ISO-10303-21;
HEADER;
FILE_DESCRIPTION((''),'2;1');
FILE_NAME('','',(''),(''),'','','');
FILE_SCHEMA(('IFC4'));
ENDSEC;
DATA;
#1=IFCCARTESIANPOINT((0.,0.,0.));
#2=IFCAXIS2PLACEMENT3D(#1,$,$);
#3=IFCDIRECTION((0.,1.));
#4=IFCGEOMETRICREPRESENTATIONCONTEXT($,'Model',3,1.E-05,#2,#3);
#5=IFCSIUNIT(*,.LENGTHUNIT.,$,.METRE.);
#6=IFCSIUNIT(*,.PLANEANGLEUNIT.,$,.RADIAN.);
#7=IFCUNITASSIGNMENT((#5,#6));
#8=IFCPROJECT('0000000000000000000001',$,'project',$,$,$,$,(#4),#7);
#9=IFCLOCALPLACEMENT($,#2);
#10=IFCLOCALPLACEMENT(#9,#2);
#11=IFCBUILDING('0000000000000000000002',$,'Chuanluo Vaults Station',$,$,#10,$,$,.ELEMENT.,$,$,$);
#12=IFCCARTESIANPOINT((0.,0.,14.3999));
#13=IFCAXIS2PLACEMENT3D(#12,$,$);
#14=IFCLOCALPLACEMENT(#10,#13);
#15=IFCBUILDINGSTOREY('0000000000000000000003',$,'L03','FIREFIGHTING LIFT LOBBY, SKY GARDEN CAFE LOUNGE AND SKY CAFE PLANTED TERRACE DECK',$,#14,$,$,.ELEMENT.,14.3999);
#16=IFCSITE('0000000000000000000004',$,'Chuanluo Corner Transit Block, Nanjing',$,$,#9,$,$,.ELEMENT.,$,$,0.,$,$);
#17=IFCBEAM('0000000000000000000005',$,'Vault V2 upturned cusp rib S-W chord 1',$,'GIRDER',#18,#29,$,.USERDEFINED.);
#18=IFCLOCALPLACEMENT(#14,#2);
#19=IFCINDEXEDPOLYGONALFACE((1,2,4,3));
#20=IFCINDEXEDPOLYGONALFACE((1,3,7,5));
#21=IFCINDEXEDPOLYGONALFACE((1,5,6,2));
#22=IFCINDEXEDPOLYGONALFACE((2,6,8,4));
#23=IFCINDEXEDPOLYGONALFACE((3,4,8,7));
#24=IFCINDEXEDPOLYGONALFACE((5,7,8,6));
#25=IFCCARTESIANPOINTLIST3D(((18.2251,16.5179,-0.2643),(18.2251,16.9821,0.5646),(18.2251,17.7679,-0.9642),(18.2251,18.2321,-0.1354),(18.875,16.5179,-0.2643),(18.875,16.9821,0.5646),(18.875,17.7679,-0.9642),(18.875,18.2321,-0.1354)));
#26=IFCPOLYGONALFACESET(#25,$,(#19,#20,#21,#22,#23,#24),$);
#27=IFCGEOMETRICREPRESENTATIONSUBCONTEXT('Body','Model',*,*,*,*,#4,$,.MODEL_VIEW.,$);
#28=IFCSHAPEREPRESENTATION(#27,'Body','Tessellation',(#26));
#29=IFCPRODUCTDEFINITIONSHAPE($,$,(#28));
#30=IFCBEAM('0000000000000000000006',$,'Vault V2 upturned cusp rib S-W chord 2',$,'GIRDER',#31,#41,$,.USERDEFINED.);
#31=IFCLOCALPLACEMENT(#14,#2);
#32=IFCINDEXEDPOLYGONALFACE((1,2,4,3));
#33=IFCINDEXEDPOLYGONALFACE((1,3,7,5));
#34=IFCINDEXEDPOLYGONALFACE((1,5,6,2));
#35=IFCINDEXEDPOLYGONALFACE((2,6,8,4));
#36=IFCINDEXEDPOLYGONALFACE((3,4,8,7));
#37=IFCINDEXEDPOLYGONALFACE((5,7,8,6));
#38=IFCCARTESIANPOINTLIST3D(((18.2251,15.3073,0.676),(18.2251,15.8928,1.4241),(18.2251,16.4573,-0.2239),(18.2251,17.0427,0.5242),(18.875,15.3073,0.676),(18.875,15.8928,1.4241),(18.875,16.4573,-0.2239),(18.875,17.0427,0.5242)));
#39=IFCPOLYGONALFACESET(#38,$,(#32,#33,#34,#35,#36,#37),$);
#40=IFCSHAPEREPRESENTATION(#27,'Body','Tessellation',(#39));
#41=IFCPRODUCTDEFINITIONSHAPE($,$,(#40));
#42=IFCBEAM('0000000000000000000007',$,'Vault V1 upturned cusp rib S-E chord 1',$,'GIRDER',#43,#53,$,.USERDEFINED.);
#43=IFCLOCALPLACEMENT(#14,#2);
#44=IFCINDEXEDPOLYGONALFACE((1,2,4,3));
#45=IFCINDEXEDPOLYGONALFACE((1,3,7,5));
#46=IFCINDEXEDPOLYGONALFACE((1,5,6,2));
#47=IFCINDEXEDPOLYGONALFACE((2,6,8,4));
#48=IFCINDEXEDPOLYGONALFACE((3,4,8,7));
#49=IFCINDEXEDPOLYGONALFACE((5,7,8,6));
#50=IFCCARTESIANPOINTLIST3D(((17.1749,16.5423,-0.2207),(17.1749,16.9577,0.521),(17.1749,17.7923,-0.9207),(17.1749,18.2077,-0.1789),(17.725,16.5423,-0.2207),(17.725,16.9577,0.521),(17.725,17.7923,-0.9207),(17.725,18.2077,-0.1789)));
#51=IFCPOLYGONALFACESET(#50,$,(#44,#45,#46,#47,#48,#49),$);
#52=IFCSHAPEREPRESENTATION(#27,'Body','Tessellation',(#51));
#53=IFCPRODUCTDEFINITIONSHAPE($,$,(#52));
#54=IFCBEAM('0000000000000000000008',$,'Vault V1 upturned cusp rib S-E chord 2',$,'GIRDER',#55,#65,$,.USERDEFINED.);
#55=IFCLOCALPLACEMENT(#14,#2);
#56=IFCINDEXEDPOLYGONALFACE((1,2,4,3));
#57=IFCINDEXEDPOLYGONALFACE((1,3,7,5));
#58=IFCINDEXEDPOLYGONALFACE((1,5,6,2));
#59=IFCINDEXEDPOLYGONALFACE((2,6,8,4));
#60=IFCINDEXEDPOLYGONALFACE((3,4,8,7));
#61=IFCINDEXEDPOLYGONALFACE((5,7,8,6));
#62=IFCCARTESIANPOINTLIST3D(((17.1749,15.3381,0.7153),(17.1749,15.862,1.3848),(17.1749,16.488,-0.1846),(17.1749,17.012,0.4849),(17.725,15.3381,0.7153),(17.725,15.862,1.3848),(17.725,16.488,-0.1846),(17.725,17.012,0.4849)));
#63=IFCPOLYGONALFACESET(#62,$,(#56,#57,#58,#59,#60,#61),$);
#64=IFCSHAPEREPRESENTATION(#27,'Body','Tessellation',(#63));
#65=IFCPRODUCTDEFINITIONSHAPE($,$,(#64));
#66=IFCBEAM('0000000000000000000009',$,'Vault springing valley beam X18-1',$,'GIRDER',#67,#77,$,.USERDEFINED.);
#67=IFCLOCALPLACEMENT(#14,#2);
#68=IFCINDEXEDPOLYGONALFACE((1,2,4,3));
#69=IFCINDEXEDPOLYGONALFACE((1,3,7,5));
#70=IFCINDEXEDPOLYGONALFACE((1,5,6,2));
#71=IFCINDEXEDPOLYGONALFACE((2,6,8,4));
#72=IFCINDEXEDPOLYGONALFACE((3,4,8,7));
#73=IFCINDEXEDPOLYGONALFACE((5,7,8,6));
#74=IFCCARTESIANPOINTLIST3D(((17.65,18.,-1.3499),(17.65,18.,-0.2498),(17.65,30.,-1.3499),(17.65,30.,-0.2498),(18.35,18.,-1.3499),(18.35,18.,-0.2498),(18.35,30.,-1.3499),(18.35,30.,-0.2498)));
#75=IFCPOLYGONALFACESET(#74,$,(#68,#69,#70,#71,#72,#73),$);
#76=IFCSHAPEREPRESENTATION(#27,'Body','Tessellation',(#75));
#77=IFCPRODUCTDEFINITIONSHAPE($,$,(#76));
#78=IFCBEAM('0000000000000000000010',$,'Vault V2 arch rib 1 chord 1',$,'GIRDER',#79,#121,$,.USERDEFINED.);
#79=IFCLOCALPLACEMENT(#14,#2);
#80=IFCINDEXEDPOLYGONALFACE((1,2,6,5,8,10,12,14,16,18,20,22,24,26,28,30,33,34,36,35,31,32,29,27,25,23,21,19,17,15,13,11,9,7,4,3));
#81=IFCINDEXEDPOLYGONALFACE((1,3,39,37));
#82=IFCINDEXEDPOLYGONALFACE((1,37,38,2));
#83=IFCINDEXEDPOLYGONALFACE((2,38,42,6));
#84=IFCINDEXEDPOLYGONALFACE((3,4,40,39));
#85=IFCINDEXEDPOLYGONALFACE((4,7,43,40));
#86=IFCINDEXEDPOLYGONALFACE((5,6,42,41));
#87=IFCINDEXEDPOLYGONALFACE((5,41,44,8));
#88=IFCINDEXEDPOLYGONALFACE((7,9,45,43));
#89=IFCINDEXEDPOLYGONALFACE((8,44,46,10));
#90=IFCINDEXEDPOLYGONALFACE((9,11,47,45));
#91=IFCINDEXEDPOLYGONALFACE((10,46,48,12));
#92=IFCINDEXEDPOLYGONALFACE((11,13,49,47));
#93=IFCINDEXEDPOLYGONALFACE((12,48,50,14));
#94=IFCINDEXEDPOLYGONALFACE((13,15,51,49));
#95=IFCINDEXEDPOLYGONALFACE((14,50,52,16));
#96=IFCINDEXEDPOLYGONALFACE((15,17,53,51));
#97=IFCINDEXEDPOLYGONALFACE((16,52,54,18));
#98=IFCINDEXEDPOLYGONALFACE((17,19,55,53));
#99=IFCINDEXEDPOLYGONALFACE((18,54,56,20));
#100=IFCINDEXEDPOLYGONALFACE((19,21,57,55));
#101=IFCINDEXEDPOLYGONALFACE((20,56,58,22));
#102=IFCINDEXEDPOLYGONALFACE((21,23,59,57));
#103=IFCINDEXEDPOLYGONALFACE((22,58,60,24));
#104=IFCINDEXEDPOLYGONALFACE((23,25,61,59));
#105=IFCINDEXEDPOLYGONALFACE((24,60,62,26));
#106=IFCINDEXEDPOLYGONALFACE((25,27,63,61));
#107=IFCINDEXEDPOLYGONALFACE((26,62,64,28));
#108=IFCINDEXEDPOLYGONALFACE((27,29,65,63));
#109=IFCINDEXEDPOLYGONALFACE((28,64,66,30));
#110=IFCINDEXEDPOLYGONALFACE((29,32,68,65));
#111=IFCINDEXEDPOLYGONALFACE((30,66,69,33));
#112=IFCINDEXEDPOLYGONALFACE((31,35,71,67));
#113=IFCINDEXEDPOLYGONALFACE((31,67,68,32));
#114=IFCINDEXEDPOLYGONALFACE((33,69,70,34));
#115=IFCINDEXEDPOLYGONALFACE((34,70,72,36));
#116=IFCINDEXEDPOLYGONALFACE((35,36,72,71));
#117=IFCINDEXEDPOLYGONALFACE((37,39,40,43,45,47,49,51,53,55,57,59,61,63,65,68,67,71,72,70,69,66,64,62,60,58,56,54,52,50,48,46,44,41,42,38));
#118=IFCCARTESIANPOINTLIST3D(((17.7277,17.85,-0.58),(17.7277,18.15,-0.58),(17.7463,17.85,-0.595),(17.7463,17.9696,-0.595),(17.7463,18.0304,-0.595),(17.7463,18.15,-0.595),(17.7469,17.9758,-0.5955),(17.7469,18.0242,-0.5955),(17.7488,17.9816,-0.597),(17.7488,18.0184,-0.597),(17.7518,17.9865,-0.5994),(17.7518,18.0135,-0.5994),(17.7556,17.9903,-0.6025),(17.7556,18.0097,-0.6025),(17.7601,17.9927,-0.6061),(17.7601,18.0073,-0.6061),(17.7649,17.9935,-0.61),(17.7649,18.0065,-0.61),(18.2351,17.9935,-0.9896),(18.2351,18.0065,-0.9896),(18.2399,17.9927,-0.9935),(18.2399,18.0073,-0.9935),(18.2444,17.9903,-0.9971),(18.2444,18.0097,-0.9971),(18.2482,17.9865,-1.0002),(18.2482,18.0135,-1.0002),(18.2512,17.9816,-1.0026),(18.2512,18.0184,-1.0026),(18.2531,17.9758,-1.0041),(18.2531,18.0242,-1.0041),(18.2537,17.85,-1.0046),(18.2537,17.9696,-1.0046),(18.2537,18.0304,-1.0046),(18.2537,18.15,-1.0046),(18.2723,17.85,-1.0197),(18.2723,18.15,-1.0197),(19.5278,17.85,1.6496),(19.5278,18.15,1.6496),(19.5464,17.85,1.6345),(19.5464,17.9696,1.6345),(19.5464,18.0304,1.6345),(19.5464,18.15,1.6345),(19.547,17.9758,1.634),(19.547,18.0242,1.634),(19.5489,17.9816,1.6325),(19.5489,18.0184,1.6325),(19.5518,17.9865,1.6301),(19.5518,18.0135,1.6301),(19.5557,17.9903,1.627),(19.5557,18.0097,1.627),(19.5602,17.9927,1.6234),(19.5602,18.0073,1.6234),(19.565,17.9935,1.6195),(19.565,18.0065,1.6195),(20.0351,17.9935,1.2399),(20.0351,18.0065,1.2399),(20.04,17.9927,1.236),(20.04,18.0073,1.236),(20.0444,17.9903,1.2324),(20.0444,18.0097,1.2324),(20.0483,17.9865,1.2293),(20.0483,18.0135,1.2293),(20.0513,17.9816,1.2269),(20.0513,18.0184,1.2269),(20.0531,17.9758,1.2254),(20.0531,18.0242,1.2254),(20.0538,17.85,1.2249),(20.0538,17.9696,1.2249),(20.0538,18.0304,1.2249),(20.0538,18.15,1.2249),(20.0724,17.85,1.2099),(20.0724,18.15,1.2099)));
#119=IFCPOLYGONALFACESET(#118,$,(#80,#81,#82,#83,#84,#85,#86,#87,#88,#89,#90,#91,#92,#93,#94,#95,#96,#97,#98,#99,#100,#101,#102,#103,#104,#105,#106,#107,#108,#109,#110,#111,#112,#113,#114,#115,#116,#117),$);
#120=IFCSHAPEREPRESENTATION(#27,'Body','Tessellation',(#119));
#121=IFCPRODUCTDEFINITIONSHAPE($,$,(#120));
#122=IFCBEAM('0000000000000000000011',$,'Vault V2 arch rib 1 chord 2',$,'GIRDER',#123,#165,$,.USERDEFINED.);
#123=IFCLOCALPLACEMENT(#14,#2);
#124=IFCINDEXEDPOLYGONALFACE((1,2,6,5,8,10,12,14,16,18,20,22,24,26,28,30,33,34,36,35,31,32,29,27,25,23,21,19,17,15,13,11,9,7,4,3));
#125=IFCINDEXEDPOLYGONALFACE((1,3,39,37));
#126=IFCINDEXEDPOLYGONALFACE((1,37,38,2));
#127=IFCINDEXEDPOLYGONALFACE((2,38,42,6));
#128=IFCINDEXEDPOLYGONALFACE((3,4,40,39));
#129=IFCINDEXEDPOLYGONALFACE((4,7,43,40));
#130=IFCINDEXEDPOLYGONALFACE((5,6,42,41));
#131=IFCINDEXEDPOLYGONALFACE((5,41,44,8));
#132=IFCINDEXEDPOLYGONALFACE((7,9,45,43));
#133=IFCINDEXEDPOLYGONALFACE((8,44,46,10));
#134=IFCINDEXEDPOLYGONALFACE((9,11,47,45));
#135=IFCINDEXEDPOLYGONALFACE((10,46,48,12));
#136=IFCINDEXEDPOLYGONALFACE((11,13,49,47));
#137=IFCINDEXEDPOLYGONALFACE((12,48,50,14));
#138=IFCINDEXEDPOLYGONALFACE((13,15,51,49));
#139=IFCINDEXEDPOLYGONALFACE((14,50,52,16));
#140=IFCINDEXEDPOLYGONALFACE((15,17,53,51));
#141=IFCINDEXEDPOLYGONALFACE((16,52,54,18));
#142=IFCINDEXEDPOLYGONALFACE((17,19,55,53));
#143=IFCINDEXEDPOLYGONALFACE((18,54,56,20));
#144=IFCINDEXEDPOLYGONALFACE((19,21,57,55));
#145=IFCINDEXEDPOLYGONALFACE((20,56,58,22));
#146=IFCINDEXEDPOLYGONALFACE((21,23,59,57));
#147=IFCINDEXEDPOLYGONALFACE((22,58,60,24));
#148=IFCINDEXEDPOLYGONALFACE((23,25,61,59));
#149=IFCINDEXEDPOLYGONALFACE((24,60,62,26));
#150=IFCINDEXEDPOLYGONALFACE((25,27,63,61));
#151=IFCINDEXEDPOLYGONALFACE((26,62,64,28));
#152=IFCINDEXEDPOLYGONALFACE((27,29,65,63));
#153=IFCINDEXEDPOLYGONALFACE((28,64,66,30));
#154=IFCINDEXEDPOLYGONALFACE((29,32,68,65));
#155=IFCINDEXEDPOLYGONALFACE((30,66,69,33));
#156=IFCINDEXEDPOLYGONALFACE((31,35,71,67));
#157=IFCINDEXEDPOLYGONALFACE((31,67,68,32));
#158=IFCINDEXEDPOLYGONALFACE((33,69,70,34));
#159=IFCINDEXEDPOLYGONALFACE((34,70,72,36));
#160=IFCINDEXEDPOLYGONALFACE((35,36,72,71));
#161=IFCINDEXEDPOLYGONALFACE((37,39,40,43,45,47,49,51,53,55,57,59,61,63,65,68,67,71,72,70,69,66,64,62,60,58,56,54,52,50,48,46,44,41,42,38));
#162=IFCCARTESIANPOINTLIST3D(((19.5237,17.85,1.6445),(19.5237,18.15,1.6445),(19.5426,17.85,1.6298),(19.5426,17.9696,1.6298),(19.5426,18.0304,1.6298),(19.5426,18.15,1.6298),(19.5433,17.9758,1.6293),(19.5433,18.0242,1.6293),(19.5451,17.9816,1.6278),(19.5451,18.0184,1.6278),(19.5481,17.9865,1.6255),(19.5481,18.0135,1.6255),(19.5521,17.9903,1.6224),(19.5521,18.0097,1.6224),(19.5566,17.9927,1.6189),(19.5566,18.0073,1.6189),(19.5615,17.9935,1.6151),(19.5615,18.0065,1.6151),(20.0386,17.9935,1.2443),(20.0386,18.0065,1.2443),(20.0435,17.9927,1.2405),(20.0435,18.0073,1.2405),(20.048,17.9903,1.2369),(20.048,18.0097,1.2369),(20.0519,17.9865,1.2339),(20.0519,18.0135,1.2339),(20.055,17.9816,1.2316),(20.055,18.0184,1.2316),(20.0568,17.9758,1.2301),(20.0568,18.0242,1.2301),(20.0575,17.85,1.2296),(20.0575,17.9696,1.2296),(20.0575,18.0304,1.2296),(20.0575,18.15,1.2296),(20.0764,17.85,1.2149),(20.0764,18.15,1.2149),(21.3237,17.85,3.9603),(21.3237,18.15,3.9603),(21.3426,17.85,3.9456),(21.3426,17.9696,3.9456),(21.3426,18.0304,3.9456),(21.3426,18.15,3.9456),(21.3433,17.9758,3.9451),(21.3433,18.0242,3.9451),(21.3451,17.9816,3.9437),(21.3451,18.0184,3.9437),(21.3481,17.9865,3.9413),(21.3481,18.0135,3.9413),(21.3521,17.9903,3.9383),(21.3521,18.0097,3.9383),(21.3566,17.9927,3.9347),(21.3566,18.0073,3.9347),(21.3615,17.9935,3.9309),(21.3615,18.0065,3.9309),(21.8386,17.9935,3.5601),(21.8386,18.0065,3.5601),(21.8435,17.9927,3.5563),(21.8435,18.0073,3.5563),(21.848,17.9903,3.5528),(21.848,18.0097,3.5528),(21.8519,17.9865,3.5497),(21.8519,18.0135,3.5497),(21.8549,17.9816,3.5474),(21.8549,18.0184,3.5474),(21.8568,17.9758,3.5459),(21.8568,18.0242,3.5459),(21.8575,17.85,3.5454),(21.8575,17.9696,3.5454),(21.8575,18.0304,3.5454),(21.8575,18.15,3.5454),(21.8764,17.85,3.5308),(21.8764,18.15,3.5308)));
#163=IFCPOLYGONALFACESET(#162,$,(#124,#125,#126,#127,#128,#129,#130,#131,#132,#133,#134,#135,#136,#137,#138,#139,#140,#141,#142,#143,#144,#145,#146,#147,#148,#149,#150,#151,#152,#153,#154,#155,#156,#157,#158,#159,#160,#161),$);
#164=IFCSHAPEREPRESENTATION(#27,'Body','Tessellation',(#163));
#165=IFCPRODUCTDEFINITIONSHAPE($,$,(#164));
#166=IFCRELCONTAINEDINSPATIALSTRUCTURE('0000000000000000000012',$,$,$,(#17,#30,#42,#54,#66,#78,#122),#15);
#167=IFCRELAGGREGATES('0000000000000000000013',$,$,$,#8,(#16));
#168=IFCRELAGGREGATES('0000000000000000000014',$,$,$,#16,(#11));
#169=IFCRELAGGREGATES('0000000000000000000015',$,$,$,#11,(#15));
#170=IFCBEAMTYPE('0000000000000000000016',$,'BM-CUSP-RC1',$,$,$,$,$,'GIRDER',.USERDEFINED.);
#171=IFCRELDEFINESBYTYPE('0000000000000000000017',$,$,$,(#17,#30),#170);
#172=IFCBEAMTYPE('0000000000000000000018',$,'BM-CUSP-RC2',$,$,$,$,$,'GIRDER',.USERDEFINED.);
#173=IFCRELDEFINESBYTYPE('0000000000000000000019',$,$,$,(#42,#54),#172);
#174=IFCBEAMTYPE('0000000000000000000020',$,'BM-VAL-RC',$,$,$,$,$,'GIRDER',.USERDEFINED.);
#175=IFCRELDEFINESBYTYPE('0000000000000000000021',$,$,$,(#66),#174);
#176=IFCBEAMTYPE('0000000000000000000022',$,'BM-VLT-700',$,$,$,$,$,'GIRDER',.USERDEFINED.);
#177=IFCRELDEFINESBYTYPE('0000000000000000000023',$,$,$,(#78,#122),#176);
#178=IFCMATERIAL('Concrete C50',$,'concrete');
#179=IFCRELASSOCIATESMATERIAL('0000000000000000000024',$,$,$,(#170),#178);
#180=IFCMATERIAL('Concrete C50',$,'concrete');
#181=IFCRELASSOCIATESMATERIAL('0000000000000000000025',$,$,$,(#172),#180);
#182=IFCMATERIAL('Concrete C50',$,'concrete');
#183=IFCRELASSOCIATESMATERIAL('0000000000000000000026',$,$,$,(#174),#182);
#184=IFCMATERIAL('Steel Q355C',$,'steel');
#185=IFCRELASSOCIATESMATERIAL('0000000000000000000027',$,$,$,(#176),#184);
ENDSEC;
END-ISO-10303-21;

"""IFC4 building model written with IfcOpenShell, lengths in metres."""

from ifc_helpers import new_model, si_unit, direction, frame, origin, origin_2d, place, context, subcontext, project, spatial, rectangle, i_section, extrude, material, material_profile, profile_set, type_object, element, save


model = new_model("IFC4")

# Units and contexts
model_context = context("Model", 3, precision=1e-05, world=origin(), true_north=direction((0.0, 1.0)))
body_context = subcontext(model_context, "Body", "Model", "MODEL_VIEW")
ifc_project = project(units=[si_unit("LENGTHUNIT", "METRE"), si_unit("PLANEANGLEUNIT", "RADIAN")], contexts=[model_context])

# Site, building, storey
site_placement = place(None, origin())
site = spatial("IfcSite", under=ifc_project, at=site_placement, Name="Chuanluo Corner Transit Block, Nanjing", CompositionType="ELEMENT", RefElevation=0.0)
building_placement = place(site_placement, origin())
building = spatial("IfcBuilding", under=site, at=building_placement, Name="Chuanluo Vaults Station", CompositionType="ELEMENT")
storey_placement = place(building_placement, frame((0.0, 0.0, 14.3999)))
storey = spatial("IfcBuildingStorey", under=building, at=storey_placement, Name="L03", Description="FIREFIGHTING LIFT LOBBY, SKY GARDEN CAFE LOUNGE AND SKY CAFE PLANTED TERRACE DECK", CompositionType="ELEMENT", Elevation=14.3999)

# Beams
ifc_material_1 = material(Name="Concrete C50", Category="concrete")
ifc_material_profile_1 = material_profile(ifc_material_1, rectangle(XDim=0.6499, YDim=0.95, at=origin_2d()))
ifc_profile_set_1 = profile_set([ifc_material_profile_1], Name="Concrete C50")
beam_type_1 = type_object("IfcBeamType", Name="BM-CUSP-RC1", ElementType="GIRDER", PredefinedType="USERDEFINED", material=ifc_profile_set_1)
beam_1_placement = place(storey_placement, frame((18.55, 18.0, -0.5498), z_axis=(0.0, -0.872521, 0.488577), x_axis=(1.0, 0.0, 0.0)))
element("IfcBeam", 1, at=beam_1_placement, inside=storey, type_object=beam_type_1, Name="Vault V2 upturned cusp rib S-W chord 1", ObjectType="GIRDER", PredefinedType="USERDEFINED", context=body_context, shape_type="SweptSolid", body=[
    extrude(rectangle(XDim=0.6499, YDim=0.95, at=origin_2d()), origin(), (0.0, 0.0, 1.0), 1.4326),
])
beam_2_placement = place(storey_placement, frame((18.55, 16.75, 0.1501), z_axis=(0.0, -0.787512, 0.616299), x_axis=(1.0, 0.0, 0.0)))
element("IfcBeam", 2, at=beam_2_placement, inside=storey, type_object=beam_type_1, Name="Vault V2 upturned cusp rib S-W chord 2", ObjectType="GIRDER", PredefinedType="USERDEFINED", context=body_context, shape_type="SweptSolid", body=[
    extrude(rectangle(XDim=0.6499, YDim=0.95, at=origin_2d()), origin(), (0.0, 0.0, 1.0), 1.4602),
])
ifc_material_2 = material(Name="Concrete C50", Category="concrete")
ifc_material_profile_2 = material_profile(ifc_material_2, rectangle(XDim=0.55, YDim=0.8501, at=origin_2d()))
ifc_profile_set_2 = profile_set([ifc_material_profile_2], Name="Concrete C50")
beam_type_2 = type_object("IfcBeamType", Name="BM-CUSP-RC2", ElementType="GIRDER", PredefinedType="USERDEFINED", material=ifc_profile_set_2)
beam_3_placement = place(storey_placement, frame((17.45, 18.0, -0.5498), z_axis=(0.0, -0.872521, 0.488577), x_axis=(1.0, 0.0, 0.0)))
element("IfcBeam", 3, at=beam_3_placement, inside=storey, type_object=beam_type_2, Name="Vault V1 upturned cusp rib S-E chord 1", ObjectType="GIRDER", PredefinedType="USERDEFINED", context=body_context, shape_type="SweptSolid", body=[
    extrude(rectangle(XDim=0.55, YDim=0.8501, at=origin_2d()), origin(), (0.0, 0.0, 1.0), 1.4326),
])
beam_4_placement = place(storey_placement, frame((17.45, 16.75, 0.1501), z_axis=(0.0, -0.787512, 0.616299), x_axis=(1.0, 0.0, 0.0)))
element("IfcBeam", 4, at=beam_4_placement, inside=storey, type_object=beam_type_2, Name="Vault V1 upturned cusp rib S-E chord 2", ObjectType="GIRDER", PredefinedType="USERDEFINED", context=body_context, shape_type="SweptSolid", body=[
    extrude(rectangle(XDim=0.55, YDim=0.8501, at=origin_2d()), origin(), (0.0, 0.0, 1.0), 1.4602),
])
ifc_material_3 = material(Name="Concrete C50", Category="concrete")
ifc_material_profile_3 = material_profile(ifc_material_3, rectangle(XDim=0.7, YDim=1.1001, at=origin_2d()))
ifc_profile_set_3 = profile_set([ifc_material_profile_3], Name="Concrete C50")
beam_type_3 = type_object("IfcBeamType", Name="BM-VAL-RC", ElementType="GIRDER", PredefinedType="USERDEFINED", material=ifc_profile_set_3)
beam_5_placement = place(storey_placement, frame((18.0, 18.0, -0.7998), z_axis=(0.0, 1.0, 0.0), x_axis=(-1.0, 0.0, 0.0)))
element("IfcBeam", 5, at=beam_5_placement, inside=storey, type_object=beam_type_3, Name="Vault springing valley beam X18-1", ObjectType="GIRDER", PredefinedType="USERDEFINED", context=body_context, shape_type="SweptSolid", body=[
    extrude(rectangle(XDim=0.7, YDim=1.1001, at=origin_2d()), origin(), (0.0, 0.0, 1.0), 12.0),
])
ifc_material_4 = material(Name="Steel Q355C", Category="steel")
ifc_material_profile_4 = material_profile(ifc_material_4, i_section(OverallWidth=0.3, OverallDepth=0.7, WebThickness=0.0129, FlangeThickness=0.0239, FilletRadius=0.0239, at=origin_2d()))
ifc_profile_set_4 = profile_set([ifc_material_profile_4], Name="Steel Q355C")
beam_type_4 = type_object("IfcBeamType", Name="BM-VLT-700", ElementType="GIRDER", PredefinedType="USERDEFINED", material=ifc_profile_set_4)
beam_6_placement = place(storey_placement, frame((18.0, 18.0, -0.7998), z_axis=(0.62819, 0.0, 0.77806), x_axis=(0.0, 1.0, 0.0)))
element("IfcBeam", 6, at=beam_6_placement, inside=storey, type_object=beam_type_4, Name="Vault V2 arch rib 1 chord 1", ObjectType="GIRDER", PredefinedType="USERDEFINED", context=body_context, shape_type="SweptSolid", body=[
    extrude(i_section(OverallWidth=0.3, OverallDepth=0.7, WebThickness=0.0129, FlangeThickness=0.0239, FilletRadius=0.0239, at=origin_2d()), origin(), (0.0, 0.0, 1.0), 2.8655),
])
beam_7_placement = place(storey_placement, frame((19.8, 18.0, 1.4297), z_axis=(0.613681, 0.0, 0.789554), x_axis=(0.0, 1.0, 0.0)))
element("IfcBeam", 7, at=beam_7_placement, inside=storey, type_object=beam_type_4, Name="Vault V2 arch rib 1 chord 2", ObjectType="GIRDER", PredefinedType="USERDEFINED", context=body_context, shape_type="SweptSolid", body=[
    extrude(i_section(OverallWidth=0.3, OverallDepth=0.7, WebThickness=0.0129, FlangeThickness=0.0239, FilletRadius=0.0239, at=origin_2d()), origin(), (0.0, 0.0, 1.0), 2.9331),
])

save(model, "model.ifc")
